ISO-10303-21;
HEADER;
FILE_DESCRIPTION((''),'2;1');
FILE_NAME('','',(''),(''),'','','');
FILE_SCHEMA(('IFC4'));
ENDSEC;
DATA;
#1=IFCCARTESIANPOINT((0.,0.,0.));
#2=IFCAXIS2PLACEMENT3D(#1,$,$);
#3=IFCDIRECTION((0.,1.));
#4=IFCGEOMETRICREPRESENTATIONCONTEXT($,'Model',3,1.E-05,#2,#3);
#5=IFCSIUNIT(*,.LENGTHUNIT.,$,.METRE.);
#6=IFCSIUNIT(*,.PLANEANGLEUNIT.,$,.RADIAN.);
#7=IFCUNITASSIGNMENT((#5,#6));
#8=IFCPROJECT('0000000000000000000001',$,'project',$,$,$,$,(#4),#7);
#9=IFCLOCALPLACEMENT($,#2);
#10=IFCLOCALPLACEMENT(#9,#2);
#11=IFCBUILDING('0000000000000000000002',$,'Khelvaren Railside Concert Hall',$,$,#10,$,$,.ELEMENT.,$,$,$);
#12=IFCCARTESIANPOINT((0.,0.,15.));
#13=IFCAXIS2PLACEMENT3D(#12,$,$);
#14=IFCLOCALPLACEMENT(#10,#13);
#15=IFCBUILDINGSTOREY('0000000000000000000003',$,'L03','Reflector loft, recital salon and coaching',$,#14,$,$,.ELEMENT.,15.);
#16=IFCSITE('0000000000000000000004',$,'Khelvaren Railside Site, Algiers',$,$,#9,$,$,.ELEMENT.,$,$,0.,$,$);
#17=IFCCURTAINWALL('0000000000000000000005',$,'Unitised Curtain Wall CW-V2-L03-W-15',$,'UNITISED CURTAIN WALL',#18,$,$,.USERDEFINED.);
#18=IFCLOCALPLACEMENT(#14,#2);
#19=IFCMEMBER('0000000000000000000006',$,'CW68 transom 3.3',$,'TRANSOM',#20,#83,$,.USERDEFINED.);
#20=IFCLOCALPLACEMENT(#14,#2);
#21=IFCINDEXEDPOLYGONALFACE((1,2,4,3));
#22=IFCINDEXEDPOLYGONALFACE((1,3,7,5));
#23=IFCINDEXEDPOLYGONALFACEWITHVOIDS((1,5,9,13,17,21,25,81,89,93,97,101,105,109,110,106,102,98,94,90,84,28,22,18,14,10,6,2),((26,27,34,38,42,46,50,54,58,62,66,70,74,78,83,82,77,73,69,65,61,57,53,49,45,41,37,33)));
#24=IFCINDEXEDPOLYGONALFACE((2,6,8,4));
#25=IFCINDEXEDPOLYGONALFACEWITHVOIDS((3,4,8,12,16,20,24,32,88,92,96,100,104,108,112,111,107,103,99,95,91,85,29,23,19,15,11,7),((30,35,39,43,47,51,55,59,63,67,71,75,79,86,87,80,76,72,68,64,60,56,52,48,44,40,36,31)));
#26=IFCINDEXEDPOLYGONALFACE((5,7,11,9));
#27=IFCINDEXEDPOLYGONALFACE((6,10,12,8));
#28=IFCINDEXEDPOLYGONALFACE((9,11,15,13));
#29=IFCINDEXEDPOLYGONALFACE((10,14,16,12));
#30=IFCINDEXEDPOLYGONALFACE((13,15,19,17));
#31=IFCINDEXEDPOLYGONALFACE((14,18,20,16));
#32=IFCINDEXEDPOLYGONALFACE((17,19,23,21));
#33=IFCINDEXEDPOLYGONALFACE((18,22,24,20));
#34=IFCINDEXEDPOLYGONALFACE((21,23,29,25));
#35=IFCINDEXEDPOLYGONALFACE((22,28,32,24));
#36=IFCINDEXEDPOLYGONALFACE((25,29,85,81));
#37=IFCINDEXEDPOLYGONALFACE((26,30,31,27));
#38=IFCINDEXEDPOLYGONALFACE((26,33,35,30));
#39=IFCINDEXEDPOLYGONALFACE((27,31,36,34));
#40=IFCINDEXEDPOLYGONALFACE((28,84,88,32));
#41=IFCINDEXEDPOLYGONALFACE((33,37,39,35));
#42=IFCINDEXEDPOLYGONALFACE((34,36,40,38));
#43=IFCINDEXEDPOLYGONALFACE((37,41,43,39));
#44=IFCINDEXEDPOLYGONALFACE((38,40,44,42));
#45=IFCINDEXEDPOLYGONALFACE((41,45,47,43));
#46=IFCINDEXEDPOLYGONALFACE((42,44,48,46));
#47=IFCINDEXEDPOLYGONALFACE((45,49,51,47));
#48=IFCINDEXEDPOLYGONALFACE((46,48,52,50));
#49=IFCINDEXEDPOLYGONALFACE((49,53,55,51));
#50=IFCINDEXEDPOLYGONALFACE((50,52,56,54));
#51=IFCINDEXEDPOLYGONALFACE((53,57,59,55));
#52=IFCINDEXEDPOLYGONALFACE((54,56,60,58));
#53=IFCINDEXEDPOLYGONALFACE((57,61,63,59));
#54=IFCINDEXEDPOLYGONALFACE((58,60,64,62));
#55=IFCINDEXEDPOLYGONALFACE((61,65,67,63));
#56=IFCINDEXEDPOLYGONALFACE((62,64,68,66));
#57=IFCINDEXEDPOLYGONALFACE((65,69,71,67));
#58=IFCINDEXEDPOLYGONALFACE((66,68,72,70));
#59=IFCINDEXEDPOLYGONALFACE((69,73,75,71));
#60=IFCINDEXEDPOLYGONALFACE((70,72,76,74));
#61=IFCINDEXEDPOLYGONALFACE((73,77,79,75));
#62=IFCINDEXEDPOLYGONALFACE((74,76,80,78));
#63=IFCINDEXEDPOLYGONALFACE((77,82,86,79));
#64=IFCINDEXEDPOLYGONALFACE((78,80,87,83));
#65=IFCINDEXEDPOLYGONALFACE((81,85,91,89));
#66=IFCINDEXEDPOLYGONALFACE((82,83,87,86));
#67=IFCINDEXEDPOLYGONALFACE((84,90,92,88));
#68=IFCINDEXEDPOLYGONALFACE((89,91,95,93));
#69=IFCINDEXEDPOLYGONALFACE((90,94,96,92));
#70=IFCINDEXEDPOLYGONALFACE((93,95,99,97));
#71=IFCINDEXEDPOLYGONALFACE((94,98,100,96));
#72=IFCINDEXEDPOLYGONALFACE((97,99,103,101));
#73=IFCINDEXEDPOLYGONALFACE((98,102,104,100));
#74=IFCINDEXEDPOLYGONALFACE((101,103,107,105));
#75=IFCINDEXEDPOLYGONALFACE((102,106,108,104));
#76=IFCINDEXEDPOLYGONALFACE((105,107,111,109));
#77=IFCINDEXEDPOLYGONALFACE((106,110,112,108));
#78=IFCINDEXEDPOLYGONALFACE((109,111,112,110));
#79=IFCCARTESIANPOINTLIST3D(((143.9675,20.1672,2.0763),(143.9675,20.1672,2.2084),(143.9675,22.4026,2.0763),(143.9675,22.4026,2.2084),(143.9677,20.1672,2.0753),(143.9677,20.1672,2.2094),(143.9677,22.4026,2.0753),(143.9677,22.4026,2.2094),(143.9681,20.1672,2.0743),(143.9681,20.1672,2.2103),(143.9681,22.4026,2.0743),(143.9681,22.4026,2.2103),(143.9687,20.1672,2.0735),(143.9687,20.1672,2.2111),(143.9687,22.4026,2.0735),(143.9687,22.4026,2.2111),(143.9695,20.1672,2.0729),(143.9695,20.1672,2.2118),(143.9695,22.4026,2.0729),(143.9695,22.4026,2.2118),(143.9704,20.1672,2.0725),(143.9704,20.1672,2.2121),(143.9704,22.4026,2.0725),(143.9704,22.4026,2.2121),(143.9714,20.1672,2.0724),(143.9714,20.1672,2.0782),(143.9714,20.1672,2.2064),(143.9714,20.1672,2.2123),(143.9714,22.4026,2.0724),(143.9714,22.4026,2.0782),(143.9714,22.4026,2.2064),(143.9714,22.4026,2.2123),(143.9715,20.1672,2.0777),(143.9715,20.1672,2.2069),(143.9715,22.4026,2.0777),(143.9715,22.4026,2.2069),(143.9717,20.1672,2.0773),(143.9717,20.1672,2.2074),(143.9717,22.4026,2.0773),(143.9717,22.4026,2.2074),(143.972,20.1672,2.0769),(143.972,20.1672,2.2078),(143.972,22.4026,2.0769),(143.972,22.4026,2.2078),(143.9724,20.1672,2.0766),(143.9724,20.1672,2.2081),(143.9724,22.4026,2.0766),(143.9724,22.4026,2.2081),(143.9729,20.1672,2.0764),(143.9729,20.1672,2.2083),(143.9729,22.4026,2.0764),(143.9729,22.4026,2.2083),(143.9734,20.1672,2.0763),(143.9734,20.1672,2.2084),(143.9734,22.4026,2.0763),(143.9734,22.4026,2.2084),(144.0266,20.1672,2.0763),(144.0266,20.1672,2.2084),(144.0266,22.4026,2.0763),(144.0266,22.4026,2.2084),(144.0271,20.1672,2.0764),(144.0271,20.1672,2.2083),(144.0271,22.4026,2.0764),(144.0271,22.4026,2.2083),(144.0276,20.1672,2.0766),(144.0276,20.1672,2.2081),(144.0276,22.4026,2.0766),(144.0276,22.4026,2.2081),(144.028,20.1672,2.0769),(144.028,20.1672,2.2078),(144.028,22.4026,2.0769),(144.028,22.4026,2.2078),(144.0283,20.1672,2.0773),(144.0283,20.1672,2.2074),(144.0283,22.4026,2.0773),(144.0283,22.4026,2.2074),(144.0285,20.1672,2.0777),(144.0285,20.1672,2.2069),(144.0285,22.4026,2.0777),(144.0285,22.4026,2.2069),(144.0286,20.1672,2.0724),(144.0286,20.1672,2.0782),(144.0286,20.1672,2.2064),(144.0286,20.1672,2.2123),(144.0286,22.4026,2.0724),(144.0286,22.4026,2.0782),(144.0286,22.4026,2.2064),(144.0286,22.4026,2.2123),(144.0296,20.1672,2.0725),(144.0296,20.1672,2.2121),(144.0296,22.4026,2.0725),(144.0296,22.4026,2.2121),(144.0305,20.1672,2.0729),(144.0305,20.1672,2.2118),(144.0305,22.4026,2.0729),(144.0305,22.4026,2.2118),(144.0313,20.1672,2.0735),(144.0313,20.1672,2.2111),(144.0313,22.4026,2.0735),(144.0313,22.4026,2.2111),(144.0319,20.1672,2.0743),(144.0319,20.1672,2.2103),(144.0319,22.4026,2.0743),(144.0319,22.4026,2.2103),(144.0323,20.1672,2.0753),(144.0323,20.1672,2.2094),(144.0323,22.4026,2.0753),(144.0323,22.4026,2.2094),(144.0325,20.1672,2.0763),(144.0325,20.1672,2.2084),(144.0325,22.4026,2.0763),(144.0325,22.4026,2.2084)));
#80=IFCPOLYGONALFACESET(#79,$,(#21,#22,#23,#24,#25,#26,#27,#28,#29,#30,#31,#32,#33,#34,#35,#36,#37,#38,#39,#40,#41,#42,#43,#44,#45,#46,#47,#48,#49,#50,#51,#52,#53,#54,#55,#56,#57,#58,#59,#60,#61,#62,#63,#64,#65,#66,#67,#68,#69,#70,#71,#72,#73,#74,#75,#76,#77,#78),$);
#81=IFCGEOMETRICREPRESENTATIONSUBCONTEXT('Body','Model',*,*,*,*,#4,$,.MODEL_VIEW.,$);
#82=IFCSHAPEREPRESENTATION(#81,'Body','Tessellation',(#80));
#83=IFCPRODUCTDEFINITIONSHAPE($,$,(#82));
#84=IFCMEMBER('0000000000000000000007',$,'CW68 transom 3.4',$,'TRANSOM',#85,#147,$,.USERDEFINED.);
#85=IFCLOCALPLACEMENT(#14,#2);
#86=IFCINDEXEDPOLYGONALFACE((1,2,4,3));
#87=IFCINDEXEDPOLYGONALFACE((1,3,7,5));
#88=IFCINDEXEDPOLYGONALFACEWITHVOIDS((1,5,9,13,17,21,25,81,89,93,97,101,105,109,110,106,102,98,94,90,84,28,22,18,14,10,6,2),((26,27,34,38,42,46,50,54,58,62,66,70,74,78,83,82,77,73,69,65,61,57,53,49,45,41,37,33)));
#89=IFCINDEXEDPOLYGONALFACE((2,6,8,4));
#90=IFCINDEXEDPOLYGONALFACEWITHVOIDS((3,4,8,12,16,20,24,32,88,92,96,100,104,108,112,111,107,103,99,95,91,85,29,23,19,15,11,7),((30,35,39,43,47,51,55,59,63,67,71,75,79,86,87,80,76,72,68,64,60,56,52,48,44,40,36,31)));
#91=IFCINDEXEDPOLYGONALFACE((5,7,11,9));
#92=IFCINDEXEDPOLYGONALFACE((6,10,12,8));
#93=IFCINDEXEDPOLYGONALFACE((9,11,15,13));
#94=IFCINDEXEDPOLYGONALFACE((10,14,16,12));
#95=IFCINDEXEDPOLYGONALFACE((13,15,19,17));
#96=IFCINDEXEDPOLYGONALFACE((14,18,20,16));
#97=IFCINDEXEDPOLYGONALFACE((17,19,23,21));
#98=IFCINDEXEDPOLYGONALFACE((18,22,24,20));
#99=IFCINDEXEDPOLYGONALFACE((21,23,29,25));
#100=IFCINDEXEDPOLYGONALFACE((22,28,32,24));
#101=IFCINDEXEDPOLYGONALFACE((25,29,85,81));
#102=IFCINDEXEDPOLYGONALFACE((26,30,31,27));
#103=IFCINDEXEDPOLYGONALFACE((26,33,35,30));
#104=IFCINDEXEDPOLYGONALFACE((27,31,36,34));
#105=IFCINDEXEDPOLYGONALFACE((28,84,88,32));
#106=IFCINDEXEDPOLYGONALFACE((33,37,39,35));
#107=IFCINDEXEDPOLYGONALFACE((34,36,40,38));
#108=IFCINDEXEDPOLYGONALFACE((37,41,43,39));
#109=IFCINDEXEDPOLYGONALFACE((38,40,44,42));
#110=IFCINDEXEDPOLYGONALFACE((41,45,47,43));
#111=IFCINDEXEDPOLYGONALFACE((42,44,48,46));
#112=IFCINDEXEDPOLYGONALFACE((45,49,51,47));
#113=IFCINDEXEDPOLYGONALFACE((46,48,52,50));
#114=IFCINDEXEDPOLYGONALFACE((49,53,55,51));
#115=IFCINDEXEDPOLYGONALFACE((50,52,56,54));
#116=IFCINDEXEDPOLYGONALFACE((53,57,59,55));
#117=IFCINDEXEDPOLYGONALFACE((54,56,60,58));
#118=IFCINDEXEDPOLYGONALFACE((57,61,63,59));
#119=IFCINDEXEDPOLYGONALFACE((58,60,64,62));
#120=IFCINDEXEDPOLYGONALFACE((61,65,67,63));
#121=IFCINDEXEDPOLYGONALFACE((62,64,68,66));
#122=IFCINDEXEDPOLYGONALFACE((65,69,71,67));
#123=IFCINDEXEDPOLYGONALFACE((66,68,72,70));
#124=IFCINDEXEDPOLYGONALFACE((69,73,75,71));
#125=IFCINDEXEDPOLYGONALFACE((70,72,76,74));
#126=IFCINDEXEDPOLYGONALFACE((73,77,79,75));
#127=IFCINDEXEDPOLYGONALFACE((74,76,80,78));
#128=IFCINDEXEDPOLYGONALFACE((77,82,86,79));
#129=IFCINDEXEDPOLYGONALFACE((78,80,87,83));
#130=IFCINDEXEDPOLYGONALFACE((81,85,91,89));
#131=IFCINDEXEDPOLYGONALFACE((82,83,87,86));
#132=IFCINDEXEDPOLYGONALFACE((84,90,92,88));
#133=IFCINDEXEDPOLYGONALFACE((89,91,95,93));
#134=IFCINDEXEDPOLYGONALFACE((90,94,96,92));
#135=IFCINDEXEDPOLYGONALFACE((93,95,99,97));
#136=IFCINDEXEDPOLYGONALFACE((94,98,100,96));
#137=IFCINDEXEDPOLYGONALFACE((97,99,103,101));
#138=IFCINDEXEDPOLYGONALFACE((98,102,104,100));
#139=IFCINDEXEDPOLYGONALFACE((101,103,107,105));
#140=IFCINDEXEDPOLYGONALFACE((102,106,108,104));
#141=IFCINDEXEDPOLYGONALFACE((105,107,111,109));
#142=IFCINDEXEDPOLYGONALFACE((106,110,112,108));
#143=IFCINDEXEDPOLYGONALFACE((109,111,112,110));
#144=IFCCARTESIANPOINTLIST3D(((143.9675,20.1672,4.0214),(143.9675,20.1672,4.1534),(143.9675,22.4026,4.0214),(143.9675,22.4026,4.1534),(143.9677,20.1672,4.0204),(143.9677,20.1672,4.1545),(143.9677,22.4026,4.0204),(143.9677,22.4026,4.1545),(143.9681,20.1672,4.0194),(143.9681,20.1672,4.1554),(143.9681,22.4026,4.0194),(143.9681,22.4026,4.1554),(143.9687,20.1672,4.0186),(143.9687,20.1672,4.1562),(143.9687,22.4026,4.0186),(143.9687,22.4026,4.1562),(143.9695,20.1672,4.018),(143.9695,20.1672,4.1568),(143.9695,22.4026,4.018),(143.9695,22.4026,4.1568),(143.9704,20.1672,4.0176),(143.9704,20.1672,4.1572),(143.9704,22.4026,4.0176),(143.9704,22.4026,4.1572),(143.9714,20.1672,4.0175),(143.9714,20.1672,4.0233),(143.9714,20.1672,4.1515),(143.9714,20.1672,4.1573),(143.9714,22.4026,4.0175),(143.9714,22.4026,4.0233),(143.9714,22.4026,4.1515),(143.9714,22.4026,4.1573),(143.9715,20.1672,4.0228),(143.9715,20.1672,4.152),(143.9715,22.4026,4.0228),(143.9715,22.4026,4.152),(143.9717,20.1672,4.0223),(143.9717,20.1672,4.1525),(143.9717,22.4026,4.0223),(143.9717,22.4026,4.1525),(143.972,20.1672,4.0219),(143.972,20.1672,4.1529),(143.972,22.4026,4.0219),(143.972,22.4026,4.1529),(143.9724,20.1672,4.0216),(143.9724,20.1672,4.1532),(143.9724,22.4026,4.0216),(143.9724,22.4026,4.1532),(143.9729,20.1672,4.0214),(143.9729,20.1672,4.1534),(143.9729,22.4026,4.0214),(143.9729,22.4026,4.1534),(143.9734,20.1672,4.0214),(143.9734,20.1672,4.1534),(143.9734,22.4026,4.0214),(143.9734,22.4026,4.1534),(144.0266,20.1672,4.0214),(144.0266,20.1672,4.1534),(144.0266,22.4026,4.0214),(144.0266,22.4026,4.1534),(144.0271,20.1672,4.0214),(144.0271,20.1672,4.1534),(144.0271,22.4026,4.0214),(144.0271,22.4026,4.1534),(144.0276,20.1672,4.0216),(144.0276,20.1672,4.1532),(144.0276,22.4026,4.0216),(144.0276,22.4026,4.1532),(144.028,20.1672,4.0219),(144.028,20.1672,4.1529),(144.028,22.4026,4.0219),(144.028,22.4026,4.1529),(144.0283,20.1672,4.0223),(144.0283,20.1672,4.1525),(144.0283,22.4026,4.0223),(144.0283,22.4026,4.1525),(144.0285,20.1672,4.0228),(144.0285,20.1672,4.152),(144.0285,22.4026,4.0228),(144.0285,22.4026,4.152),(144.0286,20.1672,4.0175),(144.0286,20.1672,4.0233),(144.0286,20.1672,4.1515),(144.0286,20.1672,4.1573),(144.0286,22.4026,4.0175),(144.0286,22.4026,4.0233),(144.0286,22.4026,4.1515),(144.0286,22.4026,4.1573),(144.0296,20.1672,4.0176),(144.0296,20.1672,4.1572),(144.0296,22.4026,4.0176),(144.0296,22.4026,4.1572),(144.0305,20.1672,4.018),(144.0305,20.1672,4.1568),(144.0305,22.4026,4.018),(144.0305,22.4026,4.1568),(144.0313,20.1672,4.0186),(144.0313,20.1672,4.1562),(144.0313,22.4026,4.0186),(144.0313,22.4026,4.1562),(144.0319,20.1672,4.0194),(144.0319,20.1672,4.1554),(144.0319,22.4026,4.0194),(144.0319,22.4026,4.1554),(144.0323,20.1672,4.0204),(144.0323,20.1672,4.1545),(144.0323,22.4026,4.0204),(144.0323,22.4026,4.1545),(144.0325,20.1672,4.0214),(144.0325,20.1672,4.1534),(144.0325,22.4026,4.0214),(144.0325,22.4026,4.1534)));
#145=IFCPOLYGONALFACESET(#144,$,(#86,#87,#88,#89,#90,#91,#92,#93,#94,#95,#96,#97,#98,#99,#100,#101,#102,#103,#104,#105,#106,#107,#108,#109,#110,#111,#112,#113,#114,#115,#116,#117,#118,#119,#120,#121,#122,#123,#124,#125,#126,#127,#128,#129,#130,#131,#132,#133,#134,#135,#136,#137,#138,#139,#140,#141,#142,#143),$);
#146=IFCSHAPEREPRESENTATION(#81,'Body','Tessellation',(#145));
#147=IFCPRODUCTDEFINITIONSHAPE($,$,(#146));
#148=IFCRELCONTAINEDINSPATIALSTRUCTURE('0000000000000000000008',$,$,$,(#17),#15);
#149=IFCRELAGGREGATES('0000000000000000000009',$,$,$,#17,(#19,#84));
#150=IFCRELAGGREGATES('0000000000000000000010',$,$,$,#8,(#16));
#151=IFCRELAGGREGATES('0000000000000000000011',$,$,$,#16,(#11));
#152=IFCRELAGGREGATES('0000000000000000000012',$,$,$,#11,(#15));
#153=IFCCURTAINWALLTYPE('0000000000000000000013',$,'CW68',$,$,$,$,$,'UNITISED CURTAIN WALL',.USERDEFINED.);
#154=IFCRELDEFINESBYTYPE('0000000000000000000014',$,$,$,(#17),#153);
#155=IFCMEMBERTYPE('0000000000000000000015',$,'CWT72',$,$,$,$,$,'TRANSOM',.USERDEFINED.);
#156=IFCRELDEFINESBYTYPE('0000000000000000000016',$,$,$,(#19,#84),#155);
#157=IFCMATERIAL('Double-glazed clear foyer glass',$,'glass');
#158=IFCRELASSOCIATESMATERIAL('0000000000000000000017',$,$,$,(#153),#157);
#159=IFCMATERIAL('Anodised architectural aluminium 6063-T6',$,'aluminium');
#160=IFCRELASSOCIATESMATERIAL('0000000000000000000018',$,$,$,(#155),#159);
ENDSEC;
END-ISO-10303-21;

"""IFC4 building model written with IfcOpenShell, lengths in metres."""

from ifc_helpers import new_model, si_unit, direction, frame, origin, origin_2d, place, context, subcontext, project, spatial, hollow_rectangle, extrude, material, material_profile, profile_set, type_object, element, aggregate, save


model = new_model("IFC4")

# Units and contexts
model_context = context("Model", 3, precision=1e-05, world=origin(), true_north=direction((0.0, 1.0)))
body_context = subcontext(model_context, "Body", "Model", "MODEL_VIEW")
ifc_project = project(units=[si_unit("LENGTHUNIT", "METRE"), si_unit("PLANEANGLEUNIT", "RADIAN")], contexts=[model_context])

# Site, building, storey
site_placement = place(None, origin())
site = spatial("IfcSite", under=ifc_project, at=site_placement, Name="Khelvaren Railside Site, Algiers", CompositionType="ELEMENT", RefElevation=0.0)
building_placement = place(site_placement, origin())
building = spatial("IfcBuilding", under=site, at=building_placement, Name="Khelvaren Railside Concert Hall", CompositionType="ELEMENT")
storey_placement = place(building_placement, frame((0.0, 0.0, 15.0)))
storey = spatial("IfcBuildingStorey", under=building, at=storey_placement, Name="L03", Description="Reflector loft, recital salon and coaching", CompositionType="ELEMENT", Elevation=15.0)

# Curtain wall
ifc_material_1 = material(Name="Double-glazed clear foyer glass", Category="glass")
curtain_wall_type_1 = type_object("IfcCurtainWallType", Name="CW68", ElementType="UNITISED CURTAIN WALL", PredefinedType="USERDEFINED", material=ifc_material_1)
curtain_wall_1_placement = place(storey_placement, origin())
curtain_wall_1 = element("IfcCurtainWall", 1, at=curtain_wall_1_placement, inside=storey, type_object=curtain_wall_type_1, Name="Unitised Curtain Wall CW-V2-L03-W-15", ObjectType="UNITISED CURTAIN WALL", PredefinedType="USERDEFINED")
ifc_material_2 = material(Name="Anodised architectural aluminium 6063-T6", Category="aluminium")

# Members
ifc_material_profile_1 = material_profile(ifc_material_2, hollow_rectangle(XDim=0.0649, YDim=0.1399, WallThickness=0.0039, InnerFilletRadius=0.002, OuterFilletRadius=0.0039, at=origin_2d()), Name="CWT 65x140x4")
ifc_profile_set_1 = profile_set([ifc_material_profile_1], Name="Anodised architectural aluminium 6063-T6")
member_type_1 = type_object("IfcMemberType", Name="CWT72", ElementType="TRANSOM", PredefinedType="USERDEFINED", material=ifc_profile_set_1)
member_1_placement = place(storey_placement, frame((144.0, 20.1672, 2.1423), z_axis=(0.0, 1.0, 0.0), x_axis=(-1.0, 0.0, 0.0)))
member_1 = element("IfcMember", 2, at=member_1_placement, type_object=member_type_1, Name="CW68 transom 3.3", ObjectType="TRANSOM", PredefinedType="USERDEFINED", context=body_context, shape_type="SweptSolid", body=[
    extrude(hollow_rectangle(XDim=0.0649, YDim=0.1399, WallThickness=0.0039, InnerFilletRadius=0.002, OuterFilletRadius=0.0039, at=origin_2d()), origin(), (0.0, 0.0, 1.0), 2.2354),
])
member_2_placement = place(storey_placement, frame((144.0, 20.1672, 4.0874), z_axis=(0.0, 1.0, 0.0), x_axis=(-1.0, 0.0, 0.0)))
member_2 = element("IfcMember", 3, at=member_2_placement, type_object=member_type_1, Name="CW68 transom 3.4", ObjectType="TRANSOM", PredefinedType="USERDEFINED", context=body_context, shape_type="SweptSolid", body=[
    extrude(hollow_rectangle(XDim=0.0649, YDim=0.1399, WallThickness=0.0039, InnerFilletRadius=0.002, OuterFilletRadius=0.0039, at=origin_2d()), origin(), (0.0, 0.0, 1.0), 2.2354),
])

aggregate(curtain_wall_1, [member_1, member_2])

save(model, "model.ifc")
